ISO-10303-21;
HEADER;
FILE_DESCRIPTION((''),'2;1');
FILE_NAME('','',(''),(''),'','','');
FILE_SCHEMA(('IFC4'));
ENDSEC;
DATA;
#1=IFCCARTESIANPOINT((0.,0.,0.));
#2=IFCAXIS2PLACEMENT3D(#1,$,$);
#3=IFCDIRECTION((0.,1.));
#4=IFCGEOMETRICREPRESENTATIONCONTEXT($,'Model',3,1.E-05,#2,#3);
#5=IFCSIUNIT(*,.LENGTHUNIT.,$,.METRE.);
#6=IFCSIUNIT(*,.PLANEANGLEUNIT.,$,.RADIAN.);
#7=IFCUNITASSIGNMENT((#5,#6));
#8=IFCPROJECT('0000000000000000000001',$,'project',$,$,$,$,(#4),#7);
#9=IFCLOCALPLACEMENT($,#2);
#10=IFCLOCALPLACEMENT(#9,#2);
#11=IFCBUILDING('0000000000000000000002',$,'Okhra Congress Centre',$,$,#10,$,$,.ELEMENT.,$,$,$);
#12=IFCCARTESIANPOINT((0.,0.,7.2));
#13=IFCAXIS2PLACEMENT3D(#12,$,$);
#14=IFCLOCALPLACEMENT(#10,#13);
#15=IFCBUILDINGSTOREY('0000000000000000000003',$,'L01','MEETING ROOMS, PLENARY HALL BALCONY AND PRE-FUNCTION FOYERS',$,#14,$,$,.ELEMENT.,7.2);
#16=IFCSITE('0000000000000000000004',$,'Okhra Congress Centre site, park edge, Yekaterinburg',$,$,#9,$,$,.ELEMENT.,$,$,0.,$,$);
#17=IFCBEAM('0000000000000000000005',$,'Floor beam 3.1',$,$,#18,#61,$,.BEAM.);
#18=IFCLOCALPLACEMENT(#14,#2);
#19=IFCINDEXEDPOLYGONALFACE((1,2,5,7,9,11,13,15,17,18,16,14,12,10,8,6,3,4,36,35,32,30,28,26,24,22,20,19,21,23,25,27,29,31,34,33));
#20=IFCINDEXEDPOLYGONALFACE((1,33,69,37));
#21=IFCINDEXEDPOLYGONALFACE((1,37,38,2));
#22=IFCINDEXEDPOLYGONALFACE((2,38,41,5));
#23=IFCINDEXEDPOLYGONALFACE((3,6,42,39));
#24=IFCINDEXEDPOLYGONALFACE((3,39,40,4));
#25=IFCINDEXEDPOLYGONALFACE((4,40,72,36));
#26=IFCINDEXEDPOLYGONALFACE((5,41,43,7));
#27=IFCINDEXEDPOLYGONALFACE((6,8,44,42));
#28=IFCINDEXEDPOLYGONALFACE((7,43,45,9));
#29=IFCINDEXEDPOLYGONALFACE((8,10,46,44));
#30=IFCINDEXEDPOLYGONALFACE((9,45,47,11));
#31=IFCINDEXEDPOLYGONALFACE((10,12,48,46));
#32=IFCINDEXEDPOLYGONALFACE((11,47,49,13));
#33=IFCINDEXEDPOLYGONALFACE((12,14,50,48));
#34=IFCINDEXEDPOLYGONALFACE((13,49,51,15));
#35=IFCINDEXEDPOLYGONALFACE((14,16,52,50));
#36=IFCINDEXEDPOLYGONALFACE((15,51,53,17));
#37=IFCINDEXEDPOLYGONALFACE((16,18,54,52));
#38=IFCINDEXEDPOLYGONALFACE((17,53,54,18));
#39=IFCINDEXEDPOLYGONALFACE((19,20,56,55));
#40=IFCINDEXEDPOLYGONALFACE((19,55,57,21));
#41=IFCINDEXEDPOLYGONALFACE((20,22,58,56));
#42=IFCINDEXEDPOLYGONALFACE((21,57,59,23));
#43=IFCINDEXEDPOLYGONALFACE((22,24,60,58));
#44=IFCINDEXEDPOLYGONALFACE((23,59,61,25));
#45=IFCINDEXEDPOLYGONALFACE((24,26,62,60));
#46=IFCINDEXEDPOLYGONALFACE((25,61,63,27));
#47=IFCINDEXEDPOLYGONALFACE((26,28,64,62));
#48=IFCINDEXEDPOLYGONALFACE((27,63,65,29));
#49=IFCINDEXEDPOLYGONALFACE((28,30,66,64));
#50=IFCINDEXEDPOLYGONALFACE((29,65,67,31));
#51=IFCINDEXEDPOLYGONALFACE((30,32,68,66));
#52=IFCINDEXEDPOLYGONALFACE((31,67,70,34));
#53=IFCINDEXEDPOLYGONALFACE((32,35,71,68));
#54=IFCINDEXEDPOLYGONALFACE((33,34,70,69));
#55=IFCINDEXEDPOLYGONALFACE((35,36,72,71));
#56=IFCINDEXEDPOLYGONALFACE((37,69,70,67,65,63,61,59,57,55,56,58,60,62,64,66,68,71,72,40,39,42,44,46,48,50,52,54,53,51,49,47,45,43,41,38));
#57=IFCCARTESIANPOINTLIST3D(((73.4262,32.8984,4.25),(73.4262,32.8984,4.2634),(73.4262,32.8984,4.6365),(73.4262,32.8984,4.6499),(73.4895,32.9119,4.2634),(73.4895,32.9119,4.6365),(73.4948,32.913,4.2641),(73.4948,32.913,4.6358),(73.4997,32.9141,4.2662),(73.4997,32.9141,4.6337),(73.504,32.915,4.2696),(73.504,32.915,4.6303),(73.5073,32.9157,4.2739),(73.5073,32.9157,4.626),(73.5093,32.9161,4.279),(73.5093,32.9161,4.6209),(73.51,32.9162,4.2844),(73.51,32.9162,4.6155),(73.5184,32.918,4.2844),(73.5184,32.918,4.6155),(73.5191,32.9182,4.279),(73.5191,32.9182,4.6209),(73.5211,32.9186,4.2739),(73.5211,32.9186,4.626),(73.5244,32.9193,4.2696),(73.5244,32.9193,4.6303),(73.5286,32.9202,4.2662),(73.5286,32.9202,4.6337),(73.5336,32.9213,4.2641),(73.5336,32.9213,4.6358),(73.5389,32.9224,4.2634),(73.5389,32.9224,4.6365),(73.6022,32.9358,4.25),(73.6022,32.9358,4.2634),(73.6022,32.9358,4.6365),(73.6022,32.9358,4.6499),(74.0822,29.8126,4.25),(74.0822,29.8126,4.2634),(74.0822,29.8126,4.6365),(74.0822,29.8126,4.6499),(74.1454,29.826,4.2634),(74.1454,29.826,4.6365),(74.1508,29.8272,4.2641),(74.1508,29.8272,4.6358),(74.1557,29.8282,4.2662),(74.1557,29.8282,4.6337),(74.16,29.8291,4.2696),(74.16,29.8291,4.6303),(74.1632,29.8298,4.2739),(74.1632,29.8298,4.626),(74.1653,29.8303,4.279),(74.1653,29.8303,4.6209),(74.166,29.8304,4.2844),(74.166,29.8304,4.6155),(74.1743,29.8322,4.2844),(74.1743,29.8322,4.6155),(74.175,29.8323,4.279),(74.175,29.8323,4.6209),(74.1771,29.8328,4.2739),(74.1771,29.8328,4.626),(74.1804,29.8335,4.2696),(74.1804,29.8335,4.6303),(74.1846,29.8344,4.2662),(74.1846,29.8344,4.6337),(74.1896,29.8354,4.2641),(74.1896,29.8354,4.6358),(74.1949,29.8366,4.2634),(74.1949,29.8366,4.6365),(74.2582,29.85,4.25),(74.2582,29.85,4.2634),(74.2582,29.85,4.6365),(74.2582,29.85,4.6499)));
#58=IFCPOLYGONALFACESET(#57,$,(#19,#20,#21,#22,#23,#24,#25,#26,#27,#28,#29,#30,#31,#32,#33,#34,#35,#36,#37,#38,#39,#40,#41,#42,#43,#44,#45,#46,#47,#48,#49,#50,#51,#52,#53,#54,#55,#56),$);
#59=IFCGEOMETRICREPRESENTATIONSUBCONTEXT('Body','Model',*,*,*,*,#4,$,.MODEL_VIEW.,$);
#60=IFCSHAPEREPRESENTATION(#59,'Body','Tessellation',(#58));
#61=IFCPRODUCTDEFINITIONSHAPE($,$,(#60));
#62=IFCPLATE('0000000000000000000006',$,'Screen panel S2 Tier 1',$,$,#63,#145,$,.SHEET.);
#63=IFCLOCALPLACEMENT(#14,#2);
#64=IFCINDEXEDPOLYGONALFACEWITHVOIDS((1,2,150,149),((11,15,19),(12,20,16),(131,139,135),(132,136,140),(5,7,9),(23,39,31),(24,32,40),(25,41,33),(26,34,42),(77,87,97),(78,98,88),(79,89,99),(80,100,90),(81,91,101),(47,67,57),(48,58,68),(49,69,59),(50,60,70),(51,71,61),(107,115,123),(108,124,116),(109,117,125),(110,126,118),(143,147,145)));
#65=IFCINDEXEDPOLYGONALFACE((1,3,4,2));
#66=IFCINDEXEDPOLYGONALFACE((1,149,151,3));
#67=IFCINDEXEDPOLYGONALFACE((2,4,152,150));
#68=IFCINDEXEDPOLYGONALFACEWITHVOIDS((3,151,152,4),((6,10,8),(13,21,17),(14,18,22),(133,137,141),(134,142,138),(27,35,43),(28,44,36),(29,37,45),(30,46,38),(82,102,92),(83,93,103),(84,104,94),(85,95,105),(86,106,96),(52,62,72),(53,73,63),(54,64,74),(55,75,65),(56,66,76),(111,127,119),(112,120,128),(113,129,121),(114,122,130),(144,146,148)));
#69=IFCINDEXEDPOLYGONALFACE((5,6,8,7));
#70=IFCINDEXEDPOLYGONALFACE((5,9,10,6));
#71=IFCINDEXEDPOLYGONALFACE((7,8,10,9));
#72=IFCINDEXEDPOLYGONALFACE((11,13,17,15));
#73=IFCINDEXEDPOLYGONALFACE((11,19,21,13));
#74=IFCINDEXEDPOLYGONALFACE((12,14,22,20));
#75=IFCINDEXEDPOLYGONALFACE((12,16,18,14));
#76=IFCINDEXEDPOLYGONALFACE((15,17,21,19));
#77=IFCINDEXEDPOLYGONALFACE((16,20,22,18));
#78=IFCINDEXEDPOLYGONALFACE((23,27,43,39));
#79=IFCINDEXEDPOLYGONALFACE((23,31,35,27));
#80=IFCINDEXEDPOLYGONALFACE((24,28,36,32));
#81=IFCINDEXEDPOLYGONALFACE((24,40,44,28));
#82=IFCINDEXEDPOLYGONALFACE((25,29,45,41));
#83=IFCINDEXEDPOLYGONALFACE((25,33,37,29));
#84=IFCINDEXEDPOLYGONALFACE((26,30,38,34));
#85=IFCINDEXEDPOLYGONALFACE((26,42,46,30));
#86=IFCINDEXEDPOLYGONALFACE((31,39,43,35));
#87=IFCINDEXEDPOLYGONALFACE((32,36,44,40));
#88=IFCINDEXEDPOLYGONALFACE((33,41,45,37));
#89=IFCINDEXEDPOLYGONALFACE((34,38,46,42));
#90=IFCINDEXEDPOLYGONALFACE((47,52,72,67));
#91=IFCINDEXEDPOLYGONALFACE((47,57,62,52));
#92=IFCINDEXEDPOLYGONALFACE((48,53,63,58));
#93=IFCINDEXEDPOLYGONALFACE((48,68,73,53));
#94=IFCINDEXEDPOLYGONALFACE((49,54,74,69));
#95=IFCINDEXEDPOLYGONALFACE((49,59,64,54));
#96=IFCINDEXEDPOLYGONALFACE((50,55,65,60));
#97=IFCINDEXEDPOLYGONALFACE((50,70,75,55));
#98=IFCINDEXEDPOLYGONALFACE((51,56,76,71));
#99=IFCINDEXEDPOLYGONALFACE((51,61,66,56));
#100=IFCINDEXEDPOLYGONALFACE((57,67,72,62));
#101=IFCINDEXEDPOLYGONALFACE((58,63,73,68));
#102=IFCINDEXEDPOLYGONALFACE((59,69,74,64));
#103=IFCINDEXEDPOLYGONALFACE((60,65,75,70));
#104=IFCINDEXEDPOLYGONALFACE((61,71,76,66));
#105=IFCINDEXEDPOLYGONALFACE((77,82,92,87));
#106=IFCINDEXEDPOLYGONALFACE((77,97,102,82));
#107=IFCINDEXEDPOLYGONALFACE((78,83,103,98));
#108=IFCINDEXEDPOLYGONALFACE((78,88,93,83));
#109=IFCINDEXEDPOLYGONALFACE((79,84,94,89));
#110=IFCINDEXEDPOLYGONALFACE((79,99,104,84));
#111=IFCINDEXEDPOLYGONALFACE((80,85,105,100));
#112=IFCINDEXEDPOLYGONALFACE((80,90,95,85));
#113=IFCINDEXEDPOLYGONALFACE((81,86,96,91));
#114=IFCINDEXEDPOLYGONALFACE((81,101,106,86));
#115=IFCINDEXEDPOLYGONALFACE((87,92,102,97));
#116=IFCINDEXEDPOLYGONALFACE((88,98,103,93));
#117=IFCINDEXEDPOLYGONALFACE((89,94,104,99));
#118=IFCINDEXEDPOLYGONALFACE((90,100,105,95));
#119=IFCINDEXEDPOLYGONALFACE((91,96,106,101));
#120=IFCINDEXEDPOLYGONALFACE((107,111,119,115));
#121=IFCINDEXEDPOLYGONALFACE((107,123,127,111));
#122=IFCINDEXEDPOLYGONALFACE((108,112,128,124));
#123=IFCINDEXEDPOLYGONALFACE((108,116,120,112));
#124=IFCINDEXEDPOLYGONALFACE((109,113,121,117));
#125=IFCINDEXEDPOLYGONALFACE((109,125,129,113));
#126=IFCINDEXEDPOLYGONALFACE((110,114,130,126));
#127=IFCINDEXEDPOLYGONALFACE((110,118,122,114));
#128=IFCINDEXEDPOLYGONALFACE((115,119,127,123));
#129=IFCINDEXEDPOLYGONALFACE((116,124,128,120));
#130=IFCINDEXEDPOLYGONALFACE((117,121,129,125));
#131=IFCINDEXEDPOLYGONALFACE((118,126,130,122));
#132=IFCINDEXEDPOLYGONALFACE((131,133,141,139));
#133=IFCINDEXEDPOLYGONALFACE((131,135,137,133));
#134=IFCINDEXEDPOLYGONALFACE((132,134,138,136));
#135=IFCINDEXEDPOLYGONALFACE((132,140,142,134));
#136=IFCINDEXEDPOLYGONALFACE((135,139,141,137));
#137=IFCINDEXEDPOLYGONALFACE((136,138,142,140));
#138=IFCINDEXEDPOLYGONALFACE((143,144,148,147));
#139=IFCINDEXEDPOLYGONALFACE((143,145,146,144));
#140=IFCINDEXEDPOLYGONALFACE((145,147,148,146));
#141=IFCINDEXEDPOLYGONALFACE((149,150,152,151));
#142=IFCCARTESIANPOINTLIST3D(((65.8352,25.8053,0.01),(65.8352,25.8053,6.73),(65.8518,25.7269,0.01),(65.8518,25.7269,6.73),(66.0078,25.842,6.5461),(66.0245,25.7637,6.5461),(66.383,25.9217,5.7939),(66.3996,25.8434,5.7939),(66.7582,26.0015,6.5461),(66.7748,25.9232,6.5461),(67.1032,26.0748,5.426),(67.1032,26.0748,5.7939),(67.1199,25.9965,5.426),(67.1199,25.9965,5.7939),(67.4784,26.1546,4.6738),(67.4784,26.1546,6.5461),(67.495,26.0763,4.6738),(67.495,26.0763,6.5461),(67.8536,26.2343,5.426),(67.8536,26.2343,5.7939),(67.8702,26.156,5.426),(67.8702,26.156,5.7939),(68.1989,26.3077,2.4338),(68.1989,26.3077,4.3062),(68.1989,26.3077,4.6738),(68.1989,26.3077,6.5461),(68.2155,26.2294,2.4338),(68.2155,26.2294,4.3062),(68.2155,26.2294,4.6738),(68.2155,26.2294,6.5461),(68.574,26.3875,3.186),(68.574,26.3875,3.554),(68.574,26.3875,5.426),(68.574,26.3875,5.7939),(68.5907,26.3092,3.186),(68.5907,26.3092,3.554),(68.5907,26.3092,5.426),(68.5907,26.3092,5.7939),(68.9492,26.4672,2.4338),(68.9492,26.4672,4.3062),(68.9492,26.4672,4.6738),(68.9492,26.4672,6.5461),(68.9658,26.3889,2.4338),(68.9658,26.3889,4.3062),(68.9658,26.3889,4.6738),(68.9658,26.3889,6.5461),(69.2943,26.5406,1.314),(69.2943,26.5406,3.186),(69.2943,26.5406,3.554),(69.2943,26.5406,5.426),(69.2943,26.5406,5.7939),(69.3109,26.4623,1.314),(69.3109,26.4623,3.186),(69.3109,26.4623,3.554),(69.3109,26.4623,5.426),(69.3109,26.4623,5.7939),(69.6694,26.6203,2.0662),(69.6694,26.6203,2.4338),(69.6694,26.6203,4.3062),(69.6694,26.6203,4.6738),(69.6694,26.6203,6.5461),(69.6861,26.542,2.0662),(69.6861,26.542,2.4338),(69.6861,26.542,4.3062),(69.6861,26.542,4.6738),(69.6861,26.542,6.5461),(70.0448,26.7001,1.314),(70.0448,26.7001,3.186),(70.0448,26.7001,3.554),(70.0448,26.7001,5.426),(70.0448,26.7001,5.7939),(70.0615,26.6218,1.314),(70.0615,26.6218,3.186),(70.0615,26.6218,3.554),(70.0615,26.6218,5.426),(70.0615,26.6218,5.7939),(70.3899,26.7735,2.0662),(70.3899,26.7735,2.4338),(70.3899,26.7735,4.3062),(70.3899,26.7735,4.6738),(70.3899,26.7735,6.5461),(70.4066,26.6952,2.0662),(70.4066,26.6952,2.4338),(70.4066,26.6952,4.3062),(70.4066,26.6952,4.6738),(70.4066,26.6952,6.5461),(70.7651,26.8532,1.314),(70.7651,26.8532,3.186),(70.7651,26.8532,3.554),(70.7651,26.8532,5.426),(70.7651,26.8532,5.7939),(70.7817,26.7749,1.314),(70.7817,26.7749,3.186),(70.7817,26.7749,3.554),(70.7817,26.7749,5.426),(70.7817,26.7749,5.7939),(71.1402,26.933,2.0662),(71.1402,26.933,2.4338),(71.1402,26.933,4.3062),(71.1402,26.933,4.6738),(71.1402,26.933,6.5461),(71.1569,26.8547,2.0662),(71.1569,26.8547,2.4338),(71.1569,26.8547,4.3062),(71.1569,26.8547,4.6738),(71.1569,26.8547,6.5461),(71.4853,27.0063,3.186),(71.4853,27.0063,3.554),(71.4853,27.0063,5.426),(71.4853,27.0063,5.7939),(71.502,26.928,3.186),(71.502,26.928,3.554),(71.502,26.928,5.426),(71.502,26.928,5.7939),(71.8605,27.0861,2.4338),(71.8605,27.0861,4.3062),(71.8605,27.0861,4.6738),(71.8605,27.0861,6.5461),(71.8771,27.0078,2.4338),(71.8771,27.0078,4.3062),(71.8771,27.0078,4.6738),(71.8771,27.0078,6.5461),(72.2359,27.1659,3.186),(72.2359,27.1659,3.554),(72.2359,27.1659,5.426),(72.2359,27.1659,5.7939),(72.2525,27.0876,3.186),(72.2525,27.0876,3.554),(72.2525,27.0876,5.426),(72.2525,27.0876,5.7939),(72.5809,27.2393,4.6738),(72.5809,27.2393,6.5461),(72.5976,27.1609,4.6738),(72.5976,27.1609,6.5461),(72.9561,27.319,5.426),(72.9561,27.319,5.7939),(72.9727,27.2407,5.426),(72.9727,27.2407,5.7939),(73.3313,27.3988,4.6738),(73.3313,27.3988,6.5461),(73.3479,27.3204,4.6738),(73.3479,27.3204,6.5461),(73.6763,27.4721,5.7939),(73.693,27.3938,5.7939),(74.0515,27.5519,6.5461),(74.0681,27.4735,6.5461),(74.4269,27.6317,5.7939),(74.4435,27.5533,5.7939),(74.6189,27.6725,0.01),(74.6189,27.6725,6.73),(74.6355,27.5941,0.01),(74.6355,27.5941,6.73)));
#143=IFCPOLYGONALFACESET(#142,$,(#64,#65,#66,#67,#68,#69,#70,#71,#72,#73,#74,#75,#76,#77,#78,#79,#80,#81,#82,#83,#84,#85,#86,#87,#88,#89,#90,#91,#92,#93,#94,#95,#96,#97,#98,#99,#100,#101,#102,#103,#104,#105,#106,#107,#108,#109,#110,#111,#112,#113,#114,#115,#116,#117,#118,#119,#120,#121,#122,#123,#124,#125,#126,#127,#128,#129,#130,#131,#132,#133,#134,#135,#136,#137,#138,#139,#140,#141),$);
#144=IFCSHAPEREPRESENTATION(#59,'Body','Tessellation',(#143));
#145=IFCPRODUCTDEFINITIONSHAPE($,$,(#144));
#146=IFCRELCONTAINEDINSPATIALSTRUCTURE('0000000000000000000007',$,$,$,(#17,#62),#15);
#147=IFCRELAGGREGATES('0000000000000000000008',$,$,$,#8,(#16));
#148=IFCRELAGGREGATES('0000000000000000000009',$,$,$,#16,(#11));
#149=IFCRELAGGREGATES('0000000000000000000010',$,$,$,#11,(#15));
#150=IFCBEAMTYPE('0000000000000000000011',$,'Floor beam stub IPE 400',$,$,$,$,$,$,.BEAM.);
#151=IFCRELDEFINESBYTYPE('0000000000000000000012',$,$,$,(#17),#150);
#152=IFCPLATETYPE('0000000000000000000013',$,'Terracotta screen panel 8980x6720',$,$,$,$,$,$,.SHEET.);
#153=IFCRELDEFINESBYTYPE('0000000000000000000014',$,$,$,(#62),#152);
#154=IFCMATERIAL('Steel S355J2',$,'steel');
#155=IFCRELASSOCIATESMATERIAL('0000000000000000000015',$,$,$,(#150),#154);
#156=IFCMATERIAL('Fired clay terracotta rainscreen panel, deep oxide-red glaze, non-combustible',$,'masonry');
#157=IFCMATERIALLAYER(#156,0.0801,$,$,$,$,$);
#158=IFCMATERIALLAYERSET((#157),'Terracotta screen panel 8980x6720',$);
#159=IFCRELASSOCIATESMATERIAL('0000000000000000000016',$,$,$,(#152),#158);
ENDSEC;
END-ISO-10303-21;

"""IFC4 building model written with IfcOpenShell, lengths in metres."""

from ifc_helpers import new_model, si_unit, direction, frame, origin, origin_2d, place, context, subcontext, project, spatial, polyline, i_section, outline, extrude, material, layer, layer_set, material_profile, profile_set, type_object, element, save


model = new_model("IFC4")

# Units and contexts
model_context = context("Model", 3, precision=1e-05, world=origin(), true_north=direction((0.0, 1.0)))
body_context = subcontext(model_context, "Body", "Model", "MODEL_VIEW")
ifc_project = project(units=[si_unit("LENGTHUNIT", "METRE"), si_unit("PLANEANGLEUNIT", "RADIAN")], contexts=[model_context])

# Site, building, storey
site_placement = place(None, origin())
site = spatial("IfcSite", under=ifc_project, at=site_placement, Name="Okhra Congress Centre site, park edge, Yekaterinburg", CompositionType="ELEMENT", RefElevation=0.0)
building_placement = place(site_placement, origin())
building = spatial("IfcBuilding", under=site, at=building_placement, Name="Okhra Congress Centre", CompositionType="ELEMENT")
storey_placement = place(building_placement, frame((0.0, 0.0, 7.2)))
storey = spatial("IfcBuildingStorey", under=building, at=storey_placement, Name="L01", Description="MEETING ROOMS, PLENARY HALL BALCONY AND PRE-FUNCTION FOYERS", CompositionType="ELEMENT", Elevation=7.2)

# Shared definitions
ifc_material_1 = material(Name="Steel S355J2", Category="steel")

# Beam
ifc_material_profile_1 = material_profile(ifc_material_1, i_section(OverallWidth=0.1799, OverallDepth=0.3999, WebThickness=0.0085, FlangeThickness=0.0134, FilletRadius=0.021, at=origin_2d()), Name="IPE 400")
ifc_profile_set_1 = profile_set([ifc_material_profile_1], Name="Steel S355J2")
beam_type_1 = type_object("IfcBeamType", Name="Floor beam stub IPE 400", PredefinedType="BEAM", material=ifc_profile_set_1)
for number, where, z_axis, x_axis, name in (
    (1, (74.1702, 29.8313, 4.45), (-0.207933, 0.978143, 0.0), (-0.978143, -0.207933, 0.0), "Floor beam 3.1"),
):
    element("IfcBeam", number, at=place(storey_placement, frame(where, z_axis=z_axis, x_axis=x_axis)), inside=storey, type_object=beam_type_1, Name=name, PredefinedType="BEAM", context=body_context, shape_type="SweptSolid", body=[
        extrude(i_section(OverallWidth=0.1799, OverallDepth=0.3999, WebThickness=0.0085, FlangeThickness=0.0134, FilletRadius=0.021, at=origin_2d()), origin(), (0.0, 0.0, 1.0), 3.1548),
    ])

# Plate
ifc_material_2 = material(Name="Fired clay terracotta rainscreen panel, deep oxide-red glaze, non-combustible", Category="masonry")
ifc_layer_1 = layer(ifc_material_2, 0.0801)
ifc_layer_set_1 = layer_set([ifc_layer_1], Name="Terracotta screen panel 8980x6720")
plate_type = type_object("IfcPlateType", Name="Terracotta screen panel 8980x6720", PredefinedType="SHEET", material=ifc_layer_set_1)
plate_1_placement = place(storey_placement, frame((65.8435, 25.7661, 0.01), z_axis=(0.0, 0.0, 1.0), x_axis=(0.978144, 0.207928, 0.0)))
element("IfcPlate", 2, at=plate_1_placement, inside=storey, type_object=plate_type, Name="Screen panel S2 Tier 1", PredefinedType="SHEET", context=body_context, shape_type="SweptSolid", body=[
    extrude(outline(polyline([(0.0, 0.0), (8.98, 0.0), (8.98, 6.72), (0.0, 6.72), (0.0, 0.0)]), holes=[polyline([(3.5364, 1.304), (4.3037, 1.304), (3.9199, 2.0562), (3.5364, 1.304)]), polyline([(4.6565, 2.0562), (5.04, 1.304), (5.4236, 2.0562), (4.6565, 2.0562)]), polyline([(2.4165, 2.4238), (3.1836, 2.4238), (2.8, 3.176), (2.4165, 2.4238)]), polyline([(3.5364, 3.176), (3.9199, 2.4238), (4.3037, 3.176), (3.5364, 3.176)]), polyline([(4.6565, 2.4238), (5.4236, 2.4238), (5.04, 3.176), (4.6565, 2.4238)]), polyline([(5.7764, 3.176), (6.1599, 2.4238), (6.5437, 3.176), (5.7764, 3.176)]), polyline([(2.4165, 4.2961), (2.8, 3.5439), (3.1836, 4.2961), (2.4165, 4.2961)]), polyline([(3.5364, 3.5439), (4.3037, 3.5439), (3.9199, 4.2961), (3.5364, 3.5439)]), polyline([(4.6565, 4.2961), (5.04, 3.5439), (5.4236, 4.2961), (4.6565, 4.2961)]), polyline([(5.7764, 3.5439), (6.5437, 3.5439), (6.1599, 4.2961), (5.7764, 3.5439)]), polyline([(1.2964, 5.416), (1.6799, 4.6638), (2.0635, 5.416), (1.2964, 5.416)]), polyline([(2.4165, 4.6638), (3.1836, 4.6638), (2.8, 5.416), (2.4165, 4.6638)]), polyline([(3.5364, 5.416), (3.9199, 4.6638), (4.3037, 5.416), (3.5364, 5.416)]), polyline([(4.6565, 4.6638), (5.4236, 4.6638), (5.04, 5.416), (4.6565, 4.6638)]), polyline([(5.7764, 5.416), (6.1599, 4.6638), (6.5437, 5.416), (5.7764, 5.416)]), polyline([(6.8965, 4.6638), (7.6636, 4.6638), (7.28, 5.416), (6.8965, 4.6638)]), polyline([(0.1765, 6.5361), (0.5601, 5.7839), (0.9436, 6.5361), (0.1765, 6.5361)]), polyline([(1.2964, 5.7839), (2.0635, 5.7839), (1.6799, 6.5361), (1.2964, 5.7839)]), polyline([(2.4165, 6.5361), (2.8, 5.7839), (3.1836, 6.5361), (2.4165, 6.5361)]), polyline([(3.5364, 5.7839), (4.3037, 5.7839), (3.9199, 6.5361), (3.5364, 5.7839)]), polyline([(4.6565, 6.5361), (5.04, 5.7839), (5.4236, 6.5361), (4.6565, 6.5361)]), polyline([(5.7764, 5.7839), (6.5437, 5.7839), (6.1599, 6.5361), (5.7764, 5.7839)]), polyline([(6.8965, 6.5361), (7.28, 5.7839), (7.6636, 6.5361), (6.8965, 6.5361)]), polyline([(8.0164, 5.7839), (8.7837, 5.7839), (8.3999, 6.5361), (8.0164, 5.7839)])]), frame((0.0, 0.04, 0.0), z_axis=(0.0, -1.0, 0.0), x_axis=(1.0, 0.0, 0.0)), (0.0, 0.0, 1.0), 0.0801),
])

save(model, "model.ifc")
